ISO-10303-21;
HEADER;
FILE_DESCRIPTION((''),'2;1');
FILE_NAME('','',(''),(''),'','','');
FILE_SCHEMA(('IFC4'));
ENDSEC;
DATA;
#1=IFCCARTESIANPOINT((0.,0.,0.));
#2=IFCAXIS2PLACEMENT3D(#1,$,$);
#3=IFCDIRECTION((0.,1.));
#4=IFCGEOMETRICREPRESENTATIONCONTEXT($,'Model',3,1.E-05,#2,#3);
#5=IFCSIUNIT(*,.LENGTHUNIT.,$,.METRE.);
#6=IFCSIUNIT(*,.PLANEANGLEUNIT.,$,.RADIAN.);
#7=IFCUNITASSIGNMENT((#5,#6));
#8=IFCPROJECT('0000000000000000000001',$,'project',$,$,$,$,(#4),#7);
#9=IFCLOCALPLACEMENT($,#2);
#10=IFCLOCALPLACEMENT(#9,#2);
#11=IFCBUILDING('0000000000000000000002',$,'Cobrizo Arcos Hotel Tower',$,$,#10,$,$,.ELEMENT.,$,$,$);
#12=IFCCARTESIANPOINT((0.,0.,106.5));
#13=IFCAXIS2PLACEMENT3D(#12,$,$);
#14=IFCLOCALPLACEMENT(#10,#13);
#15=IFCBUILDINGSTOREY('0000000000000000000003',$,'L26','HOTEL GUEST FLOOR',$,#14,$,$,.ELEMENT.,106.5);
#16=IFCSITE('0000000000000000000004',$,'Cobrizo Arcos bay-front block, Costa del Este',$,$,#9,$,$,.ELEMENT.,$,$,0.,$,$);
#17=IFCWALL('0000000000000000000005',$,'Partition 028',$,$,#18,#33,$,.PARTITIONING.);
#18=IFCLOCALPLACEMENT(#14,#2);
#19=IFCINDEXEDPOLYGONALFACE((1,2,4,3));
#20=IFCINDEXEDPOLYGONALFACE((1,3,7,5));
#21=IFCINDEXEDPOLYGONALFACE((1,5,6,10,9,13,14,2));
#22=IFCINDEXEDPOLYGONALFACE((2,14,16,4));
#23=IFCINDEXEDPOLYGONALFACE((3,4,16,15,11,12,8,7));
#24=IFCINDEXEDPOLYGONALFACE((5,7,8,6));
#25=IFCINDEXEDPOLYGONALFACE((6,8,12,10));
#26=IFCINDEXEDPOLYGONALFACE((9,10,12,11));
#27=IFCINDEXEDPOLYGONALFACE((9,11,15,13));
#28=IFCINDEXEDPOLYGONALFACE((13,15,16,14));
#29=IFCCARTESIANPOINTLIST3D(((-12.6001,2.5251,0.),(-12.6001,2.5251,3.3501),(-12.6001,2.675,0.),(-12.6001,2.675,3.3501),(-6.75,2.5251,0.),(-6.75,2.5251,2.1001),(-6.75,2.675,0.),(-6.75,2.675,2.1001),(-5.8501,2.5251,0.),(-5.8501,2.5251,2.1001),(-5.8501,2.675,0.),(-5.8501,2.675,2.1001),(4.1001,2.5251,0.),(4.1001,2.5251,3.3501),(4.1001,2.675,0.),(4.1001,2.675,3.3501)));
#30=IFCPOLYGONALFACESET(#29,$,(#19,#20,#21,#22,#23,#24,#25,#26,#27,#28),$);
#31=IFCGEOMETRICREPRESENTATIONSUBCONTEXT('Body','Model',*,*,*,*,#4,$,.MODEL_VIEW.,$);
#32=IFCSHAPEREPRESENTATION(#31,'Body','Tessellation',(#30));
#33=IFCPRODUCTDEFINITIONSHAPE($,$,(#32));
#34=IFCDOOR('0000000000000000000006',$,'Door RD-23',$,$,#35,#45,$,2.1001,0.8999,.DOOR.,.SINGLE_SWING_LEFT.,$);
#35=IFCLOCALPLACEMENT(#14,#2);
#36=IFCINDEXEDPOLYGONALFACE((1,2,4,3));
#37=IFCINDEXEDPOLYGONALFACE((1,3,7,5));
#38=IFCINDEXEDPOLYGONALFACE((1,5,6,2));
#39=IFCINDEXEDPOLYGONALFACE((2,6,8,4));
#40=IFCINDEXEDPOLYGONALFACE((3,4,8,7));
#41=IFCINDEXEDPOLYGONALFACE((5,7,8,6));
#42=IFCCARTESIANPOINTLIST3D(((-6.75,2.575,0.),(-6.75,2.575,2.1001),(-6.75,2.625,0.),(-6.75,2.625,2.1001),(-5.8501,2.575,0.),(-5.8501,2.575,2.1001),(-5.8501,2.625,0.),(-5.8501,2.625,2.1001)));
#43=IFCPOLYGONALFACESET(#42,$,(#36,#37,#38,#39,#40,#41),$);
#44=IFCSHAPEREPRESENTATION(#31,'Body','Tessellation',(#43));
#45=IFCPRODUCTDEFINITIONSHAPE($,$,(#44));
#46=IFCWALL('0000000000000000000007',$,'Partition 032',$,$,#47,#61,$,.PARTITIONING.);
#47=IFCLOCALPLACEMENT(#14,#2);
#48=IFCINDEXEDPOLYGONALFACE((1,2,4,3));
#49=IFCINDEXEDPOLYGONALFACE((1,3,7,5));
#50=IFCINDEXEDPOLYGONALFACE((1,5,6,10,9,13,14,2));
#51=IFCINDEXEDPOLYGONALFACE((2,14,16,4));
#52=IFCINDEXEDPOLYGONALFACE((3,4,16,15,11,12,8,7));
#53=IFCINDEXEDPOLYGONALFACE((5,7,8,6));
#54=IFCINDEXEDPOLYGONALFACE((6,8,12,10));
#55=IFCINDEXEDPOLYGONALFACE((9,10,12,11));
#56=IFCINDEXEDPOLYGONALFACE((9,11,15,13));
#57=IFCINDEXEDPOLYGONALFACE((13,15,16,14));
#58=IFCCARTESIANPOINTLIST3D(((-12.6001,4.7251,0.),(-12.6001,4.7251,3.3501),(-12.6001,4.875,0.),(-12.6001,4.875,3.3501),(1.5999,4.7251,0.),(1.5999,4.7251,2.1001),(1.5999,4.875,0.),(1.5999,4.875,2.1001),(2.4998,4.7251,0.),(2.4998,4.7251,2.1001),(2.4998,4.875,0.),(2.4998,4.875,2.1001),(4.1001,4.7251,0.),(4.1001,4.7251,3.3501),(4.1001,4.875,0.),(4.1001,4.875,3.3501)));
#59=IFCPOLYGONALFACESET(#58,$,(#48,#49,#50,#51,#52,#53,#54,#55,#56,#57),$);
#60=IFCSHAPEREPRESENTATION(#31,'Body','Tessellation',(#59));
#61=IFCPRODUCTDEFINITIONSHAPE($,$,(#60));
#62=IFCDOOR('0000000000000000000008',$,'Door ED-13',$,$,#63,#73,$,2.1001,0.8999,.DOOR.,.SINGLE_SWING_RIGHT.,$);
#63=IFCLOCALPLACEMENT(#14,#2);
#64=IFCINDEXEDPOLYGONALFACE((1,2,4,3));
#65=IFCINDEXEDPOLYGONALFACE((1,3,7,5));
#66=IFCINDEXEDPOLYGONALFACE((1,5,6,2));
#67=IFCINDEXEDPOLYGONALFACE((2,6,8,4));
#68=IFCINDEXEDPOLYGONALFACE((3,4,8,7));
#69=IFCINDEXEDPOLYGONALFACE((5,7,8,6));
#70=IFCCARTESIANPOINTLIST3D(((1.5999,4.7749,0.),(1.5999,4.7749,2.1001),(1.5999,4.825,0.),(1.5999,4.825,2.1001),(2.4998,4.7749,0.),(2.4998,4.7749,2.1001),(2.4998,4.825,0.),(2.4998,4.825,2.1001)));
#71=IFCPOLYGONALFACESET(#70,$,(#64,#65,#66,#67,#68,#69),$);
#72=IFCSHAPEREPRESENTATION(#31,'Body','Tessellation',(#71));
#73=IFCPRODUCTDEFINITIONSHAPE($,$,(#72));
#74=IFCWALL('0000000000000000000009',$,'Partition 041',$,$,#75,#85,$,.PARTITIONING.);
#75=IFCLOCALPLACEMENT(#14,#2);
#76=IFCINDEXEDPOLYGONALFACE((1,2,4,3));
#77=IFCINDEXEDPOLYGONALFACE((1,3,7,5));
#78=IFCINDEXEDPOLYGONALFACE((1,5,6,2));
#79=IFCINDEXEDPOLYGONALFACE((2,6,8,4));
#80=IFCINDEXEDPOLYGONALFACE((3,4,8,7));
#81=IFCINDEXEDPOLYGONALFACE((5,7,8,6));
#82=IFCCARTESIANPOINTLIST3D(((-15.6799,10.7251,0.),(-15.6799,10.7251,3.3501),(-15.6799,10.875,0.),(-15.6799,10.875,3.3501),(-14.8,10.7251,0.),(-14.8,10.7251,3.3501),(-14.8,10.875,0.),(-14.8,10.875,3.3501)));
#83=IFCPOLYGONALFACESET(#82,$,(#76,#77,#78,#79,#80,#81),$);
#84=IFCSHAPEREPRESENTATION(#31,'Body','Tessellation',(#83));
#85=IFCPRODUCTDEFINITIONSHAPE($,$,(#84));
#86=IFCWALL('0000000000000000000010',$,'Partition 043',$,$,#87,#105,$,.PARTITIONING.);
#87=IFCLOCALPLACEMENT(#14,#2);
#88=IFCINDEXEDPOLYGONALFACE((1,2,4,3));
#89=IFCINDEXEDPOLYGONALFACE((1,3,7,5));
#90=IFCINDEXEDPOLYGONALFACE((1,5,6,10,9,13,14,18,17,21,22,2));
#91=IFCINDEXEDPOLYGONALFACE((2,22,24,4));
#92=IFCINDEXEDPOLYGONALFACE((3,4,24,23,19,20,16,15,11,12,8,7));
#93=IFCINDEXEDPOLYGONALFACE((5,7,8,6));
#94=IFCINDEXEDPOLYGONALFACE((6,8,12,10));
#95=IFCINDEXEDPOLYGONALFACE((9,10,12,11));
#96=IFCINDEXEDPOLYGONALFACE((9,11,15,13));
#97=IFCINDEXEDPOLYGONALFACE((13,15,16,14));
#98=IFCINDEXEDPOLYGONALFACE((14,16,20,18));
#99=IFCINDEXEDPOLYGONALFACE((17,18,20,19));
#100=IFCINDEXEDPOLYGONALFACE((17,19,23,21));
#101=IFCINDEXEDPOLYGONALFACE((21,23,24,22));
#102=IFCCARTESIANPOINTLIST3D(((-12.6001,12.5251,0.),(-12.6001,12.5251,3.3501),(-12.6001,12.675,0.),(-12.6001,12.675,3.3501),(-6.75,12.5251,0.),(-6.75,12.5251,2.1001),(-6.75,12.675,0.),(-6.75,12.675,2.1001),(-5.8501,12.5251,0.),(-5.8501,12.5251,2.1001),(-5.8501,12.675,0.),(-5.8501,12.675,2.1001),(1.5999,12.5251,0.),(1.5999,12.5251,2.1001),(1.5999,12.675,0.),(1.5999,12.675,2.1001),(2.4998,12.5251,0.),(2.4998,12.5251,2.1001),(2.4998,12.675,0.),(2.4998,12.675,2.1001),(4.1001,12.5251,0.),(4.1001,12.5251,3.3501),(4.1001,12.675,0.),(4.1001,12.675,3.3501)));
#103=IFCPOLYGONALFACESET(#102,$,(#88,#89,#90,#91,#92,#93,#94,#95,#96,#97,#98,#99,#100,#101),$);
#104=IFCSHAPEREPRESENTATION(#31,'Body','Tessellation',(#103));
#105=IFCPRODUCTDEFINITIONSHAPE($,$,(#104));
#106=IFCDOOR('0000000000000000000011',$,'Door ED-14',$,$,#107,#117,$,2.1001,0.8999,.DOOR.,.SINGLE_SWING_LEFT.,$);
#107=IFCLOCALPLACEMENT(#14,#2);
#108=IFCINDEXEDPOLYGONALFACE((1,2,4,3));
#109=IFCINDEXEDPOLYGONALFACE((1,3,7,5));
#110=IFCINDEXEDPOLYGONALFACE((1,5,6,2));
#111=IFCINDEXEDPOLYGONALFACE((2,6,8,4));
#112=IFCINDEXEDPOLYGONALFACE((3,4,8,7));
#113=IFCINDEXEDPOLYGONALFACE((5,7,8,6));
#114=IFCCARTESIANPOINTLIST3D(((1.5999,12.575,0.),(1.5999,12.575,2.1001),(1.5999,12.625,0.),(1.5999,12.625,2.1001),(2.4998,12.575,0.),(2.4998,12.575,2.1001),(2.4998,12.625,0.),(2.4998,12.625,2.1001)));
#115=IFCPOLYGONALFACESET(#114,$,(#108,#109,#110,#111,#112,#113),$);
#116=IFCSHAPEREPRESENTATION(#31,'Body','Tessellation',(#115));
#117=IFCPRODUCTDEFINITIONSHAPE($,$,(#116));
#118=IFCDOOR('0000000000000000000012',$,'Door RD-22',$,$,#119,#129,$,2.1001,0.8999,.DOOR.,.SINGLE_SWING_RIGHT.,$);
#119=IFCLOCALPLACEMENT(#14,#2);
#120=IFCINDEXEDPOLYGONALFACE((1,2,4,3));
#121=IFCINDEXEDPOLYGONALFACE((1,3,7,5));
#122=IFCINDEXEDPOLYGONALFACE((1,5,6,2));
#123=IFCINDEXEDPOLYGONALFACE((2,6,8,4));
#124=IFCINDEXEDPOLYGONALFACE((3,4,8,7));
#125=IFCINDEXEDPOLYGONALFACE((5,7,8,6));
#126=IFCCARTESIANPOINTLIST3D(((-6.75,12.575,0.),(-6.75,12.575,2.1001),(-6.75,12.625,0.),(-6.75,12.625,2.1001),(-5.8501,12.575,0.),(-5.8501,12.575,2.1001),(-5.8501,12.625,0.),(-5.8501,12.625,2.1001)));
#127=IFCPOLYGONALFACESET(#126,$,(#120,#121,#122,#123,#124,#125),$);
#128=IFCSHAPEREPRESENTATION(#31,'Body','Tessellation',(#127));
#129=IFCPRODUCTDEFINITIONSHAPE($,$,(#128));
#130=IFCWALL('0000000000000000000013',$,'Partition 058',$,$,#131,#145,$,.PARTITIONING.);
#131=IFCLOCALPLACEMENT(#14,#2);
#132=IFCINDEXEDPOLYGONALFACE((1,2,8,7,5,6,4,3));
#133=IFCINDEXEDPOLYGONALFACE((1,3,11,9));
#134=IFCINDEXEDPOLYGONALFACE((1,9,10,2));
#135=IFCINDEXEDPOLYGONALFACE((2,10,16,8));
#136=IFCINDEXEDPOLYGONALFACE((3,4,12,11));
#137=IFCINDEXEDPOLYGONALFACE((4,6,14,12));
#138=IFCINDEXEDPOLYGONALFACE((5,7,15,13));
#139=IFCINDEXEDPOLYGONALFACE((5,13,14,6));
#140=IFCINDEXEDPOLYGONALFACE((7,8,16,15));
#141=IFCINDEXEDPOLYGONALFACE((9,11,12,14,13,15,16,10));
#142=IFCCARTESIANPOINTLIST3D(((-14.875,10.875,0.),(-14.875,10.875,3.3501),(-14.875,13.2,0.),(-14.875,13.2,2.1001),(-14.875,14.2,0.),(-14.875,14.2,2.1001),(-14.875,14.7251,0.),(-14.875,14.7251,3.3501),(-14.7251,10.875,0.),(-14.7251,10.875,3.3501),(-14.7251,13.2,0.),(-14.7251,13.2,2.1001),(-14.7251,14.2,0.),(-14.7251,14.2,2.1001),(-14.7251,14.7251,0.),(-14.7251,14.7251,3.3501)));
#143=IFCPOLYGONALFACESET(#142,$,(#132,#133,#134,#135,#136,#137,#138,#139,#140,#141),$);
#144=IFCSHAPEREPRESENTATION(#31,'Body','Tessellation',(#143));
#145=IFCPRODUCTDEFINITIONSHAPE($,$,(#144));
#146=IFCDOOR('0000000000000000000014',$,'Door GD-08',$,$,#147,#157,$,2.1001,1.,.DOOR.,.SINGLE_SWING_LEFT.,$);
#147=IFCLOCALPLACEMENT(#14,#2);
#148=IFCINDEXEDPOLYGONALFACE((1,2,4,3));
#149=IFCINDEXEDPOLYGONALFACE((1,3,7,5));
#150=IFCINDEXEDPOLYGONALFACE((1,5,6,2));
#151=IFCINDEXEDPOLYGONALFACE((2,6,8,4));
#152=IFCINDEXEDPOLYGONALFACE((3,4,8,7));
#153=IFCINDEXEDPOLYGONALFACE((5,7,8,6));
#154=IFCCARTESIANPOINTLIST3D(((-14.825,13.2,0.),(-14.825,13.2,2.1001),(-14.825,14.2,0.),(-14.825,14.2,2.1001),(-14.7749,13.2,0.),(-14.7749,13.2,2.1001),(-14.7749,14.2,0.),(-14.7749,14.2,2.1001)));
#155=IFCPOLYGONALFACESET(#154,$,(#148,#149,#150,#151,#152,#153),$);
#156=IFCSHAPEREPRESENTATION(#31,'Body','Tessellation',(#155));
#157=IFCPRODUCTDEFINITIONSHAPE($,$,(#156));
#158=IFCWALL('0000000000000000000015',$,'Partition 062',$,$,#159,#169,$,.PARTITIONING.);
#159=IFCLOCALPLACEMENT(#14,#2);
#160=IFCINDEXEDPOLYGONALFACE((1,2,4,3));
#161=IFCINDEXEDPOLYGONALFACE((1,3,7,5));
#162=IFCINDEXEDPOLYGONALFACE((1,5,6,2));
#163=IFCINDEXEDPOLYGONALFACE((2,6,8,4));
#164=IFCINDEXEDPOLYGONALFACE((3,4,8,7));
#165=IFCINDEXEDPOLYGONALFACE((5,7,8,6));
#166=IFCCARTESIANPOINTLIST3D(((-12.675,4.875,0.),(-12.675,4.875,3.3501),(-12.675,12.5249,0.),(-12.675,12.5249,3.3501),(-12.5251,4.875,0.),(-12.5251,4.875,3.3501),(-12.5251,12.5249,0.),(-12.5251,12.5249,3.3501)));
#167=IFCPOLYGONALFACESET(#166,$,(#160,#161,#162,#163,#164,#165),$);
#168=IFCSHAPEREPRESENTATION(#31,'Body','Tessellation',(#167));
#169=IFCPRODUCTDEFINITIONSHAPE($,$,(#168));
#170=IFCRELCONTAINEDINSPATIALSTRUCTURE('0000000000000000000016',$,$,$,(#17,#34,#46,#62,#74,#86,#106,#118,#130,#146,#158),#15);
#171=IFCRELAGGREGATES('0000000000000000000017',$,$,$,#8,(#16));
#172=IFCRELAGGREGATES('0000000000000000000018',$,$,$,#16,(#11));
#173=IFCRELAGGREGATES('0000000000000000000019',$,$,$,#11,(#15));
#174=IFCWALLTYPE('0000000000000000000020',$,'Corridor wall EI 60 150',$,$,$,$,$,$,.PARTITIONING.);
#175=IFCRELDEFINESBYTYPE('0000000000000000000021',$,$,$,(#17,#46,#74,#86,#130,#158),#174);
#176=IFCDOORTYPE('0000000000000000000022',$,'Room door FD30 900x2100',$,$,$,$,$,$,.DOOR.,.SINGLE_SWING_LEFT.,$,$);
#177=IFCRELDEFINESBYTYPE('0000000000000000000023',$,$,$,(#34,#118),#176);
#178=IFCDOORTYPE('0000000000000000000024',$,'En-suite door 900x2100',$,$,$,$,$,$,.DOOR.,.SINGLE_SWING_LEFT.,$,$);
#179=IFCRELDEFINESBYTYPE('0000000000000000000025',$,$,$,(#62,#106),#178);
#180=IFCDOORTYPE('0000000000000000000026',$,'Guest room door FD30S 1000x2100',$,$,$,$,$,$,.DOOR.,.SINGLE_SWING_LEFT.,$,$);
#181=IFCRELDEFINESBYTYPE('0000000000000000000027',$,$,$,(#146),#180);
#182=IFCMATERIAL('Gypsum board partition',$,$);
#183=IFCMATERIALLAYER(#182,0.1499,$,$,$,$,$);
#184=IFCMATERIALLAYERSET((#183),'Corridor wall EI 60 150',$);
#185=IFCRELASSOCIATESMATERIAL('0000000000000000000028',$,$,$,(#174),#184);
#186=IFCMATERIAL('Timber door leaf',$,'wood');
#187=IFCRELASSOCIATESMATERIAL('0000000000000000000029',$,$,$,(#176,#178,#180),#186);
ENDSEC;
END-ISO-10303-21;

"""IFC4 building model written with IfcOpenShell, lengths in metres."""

from ifc_helpers import new_model, si_unit, direction, frame, frame_2d, origin, place, context, subcontext, project, spatial, rectangle, extrude, material, layer, layer_set, type_object, element, fill, save


model = new_model("IFC4")

# Units and contexts
model_context = context("Model", 3, precision=1e-05, world=origin(), true_north=direction((0.0, 1.0)))
body_context = subcontext(model_context, "Body", "Model", "MODEL_VIEW")
ifc_project = project(units=[si_unit("LENGTHUNIT", "METRE"), si_unit("PLANEANGLEUNIT", "RADIAN")], contexts=[model_context])

# Site, building, storey
site_placement = place(None, origin())
site = spatial("IfcSite", under=ifc_project, at=site_placement, Name="Cobrizo Arcos bay-front block, Costa del Este", CompositionType="ELEMENT", RefElevation=0.0)
building_placement = place(site_placement, origin())
building = spatial("IfcBuilding", under=site, at=building_placement, Name="Cobrizo Arcos Hotel Tower", CompositionType="ELEMENT")
storey_placement = place(building_placement, frame((0.0, 0.0, 106.5)))
storey = spatial("IfcBuildingStorey", under=building, at=storey_placement, Name="L26", Description="HOTEL GUEST FLOOR", CompositionType="ELEMENT", Elevation=106.5)

# Walls, openings, doors
ifc_material_1 = material(Name="Gypsum board partition")
ifc_layer_1 = layer(ifc_material_1, 0.1499)
ifc_layer_set_1 = layer_set([ifc_layer_1], Name="Corridor wall EI 60 150")
wall_type_1 = type_object("IfcWallType", Name="Corridor wall EI 60 150", PredefinedType="PARTITIONING", material=ifc_layer_set_1)
wall_1_placement = place(storey_placement, frame((-12.6001, 2.6001, 0.0), z_axis=(0.0, 0.0, 1.0), x_axis=(1.0, 0.0, 0.0)))
wall_1 = element("IfcWall", 1, at=wall_1_placement, inside=storey, type_object=wall_type_1, Name="Partition 028", PredefinedType="PARTITIONING", context=body_context, shape_type="SweptSolid", body=[
    extrude(rectangle(XDim=16.7002, YDim=0.1499, at=frame_2d((8.3501, 0.0))), origin(), (0.0, 0.0, 1.0), 3.3501),
])
opening_1_placement = place(wall_1_placement, frame((5.8501, 0.0, 0.0)))
opening_1 = element("IfcOpeningElement", 2, at=opening_1_placement, cuts=wall_1, PredefinedType="OPENING", context=body_context, shape_type="SweptSolid", body=[
    extrude(rectangle(XDim=0.8999, YDim=2.1001, at=frame_2d((0.45, 1.05))), frame((0.0, 0.0869, 0.0), z_axis=(0.0, -1.0, 0.0), x_axis=(1.0, 0.0, 0.0)), (0.0, 0.0, 1.0), 0.1738),
])
ifc_material_2 = material(Name="Timber door leaf", Category="wood")
door_type_1 = type_object("IfcDoorType", Name="Room door FD30 900x2100", OperationType="SINGLE_SWING_LEFT", PredefinedType="DOOR", material=ifc_material_2)
door_1_placement = place(opening_1_placement, origin())
door_1 = element("IfcDoor", 3, at=door_1_placement, inside=storey, type_object=door_type_1, Name="Door RD-23", OperationType="SINGLE_SWING_LEFT", OverallHeight=2.1001, OverallWidth=0.8999, PredefinedType="DOOR", context=body_context, shape_type="SweptSolid", body=[
    extrude(rectangle(XDim=0.8999, YDim=2.1001, at=frame_2d((0.45, 1.05))), frame((0.0, 0.0249, 0.0), z_axis=(0.0, -1.0, 0.0), x_axis=(1.0, 0.0, 0.0)), (0.0, 0.0, 1.0), 0.05),
])
fill(opening_1, door_1)
wall_2_placement = place(storey_placement, frame((-12.6001, 4.8, 0.0), z_axis=(0.0, 0.0, 1.0), x_axis=(1.0, 0.0, 0.0)))
wall_2 = element("IfcWall", 4, at=wall_2_placement, inside=storey, type_object=wall_type_1, Name="Partition 032", PredefinedType="PARTITIONING", context=body_context, shape_type="SweptSolid", body=[
    extrude(rectangle(XDim=16.7002, YDim=0.1499, at=frame_2d((8.3501, 0.0))), origin(), (0.0, 0.0, 1.0), 3.3501),
])
opening_2_placement = place(wall_2_placement, frame((14.2, 0.0, 0.0)))
opening_2 = element("IfcOpeningElement", 5, at=opening_2_placement, cuts=wall_2, PredefinedType="OPENING", context=body_context, shape_type="SweptSolid", body=[
    extrude(rectangle(XDim=0.8999, YDim=2.1001, at=frame_2d((0.45, 1.05))), frame((0.0, 0.0869, 0.0), z_axis=(0.0, -1.0, 0.0), x_axis=(1.0, 0.0, 0.0)), (0.0, 0.0, 1.0), 0.1738),
])
door_type_2 = type_object("IfcDoorType", Name="En-suite door 900x2100", OperationType="SINGLE_SWING_LEFT", PredefinedType="DOOR", material=ifc_material_2)
door_2_placement = place(opening_2_placement, origin())
door_2 = element("IfcDoor", 6, at=door_2_placement, inside=storey, type_object=door_type_2, Name="Door ED-13", OperationType="SINGLE_SWING_RIGHT", OverallHeight=2.1001, OverallWidth=0.8999, PredefinedType="DOOR", context=body_context, shape_type="SweptSolid", body=[
    extrude(rectangle(XDim=0.8999, YDim=2.1001, at=frame_2d((0.45, 1.05))), frame((0.0, 0.0249, 0.0), z_axis=(0.0, -1.0, 0.0), x_axis=(1.0, 0.0, 0.0)), (0.0, 0.0, 1.0), 0.05),
])
fill(opening_2, door_2)

# Wall
wall_3_placement = place(storey_placement, frame((-15.6799, 10.8, 0.0), z_axis=(0.0, 0.0, 1.0), x_axis=(1.0, 0.0, 0.0)))
element("IfcWall", 7, at=wall_3_placement, inside=storey, type_object=wall_type_1, Name="Partition 041", PredefinedType="PARTITIONING", context=body_context, shape_type="SweptSolid", body=[
    extrude(rectangle(XDim=0.8799, YDim=0.1499, at=frame_2d((0.4399, 0.0))), origin(), (0.0, 0.0, 1.0), 3.3501),
])

# Wall, openings, doors
wall_4_placement = place(storey_placement, frame((-12.6001, 12.6001, 0.0), z_axis=(0.0, 0.0, 1.0), x_axis=(1.0, 0.0, 0.0)))
wall_4 = element("IfcWall", 8, at=wall_4_placement, inside=storey, type_object=wall_type_1, Name="Partition 043", PredefinedType="PARTITIONING", context=body_context, shape_type="SweptSolid", body=[
    extrude(rectangle(XDim=16.7002, YDim=0.1499, at=frame_2d((8.3501, 0.0))), origin(), (0.0, 0.0, 1.0), 3.3501),
])
opening_3_placement = place(wall_4_placement, frame((14.2, 0.0, 0.0)))
opening_3 = element("IfcOpeningElement", 9, at=opening_3_placement, cuts=wall_4, PredefinedType="OPENING", context=body_context, shape_type="SweptSolid", body=[
    extrude(rectangle(XDim=0.8999, YDim=2.1001, at=frame_2d((0.45, 1.05))), frame((0.0, 0.0869, 0.0), z_axis=(0.0, -1.0, 0.0), x_axis=(1.0, 0.0, 0.0)), (0.0, 0.0, 1.0), 0.1738),
])
opening_4_placement = place(wall_4_placement, frame((5.8501, 0.0, 0.0)))
opening_4 = element("IfcOpeningElement", 10, at=opening_4_placement, cuts=wall_4, PredefinedType="OPENING", context=body_context, shape_type="SweptSolid", body=[
    extrude(rectangle(XDim=0.8999, YDim=2.1001, at=frame_2d((0.45, 1.05))), frame((0.0, 0.0869, 0.0), z_axis=(0.0, -1.0, 0.0), x_axis=(1.0, 0.0, 0.0)), (0.0, 0.0, 1.0), 0.1738),
])
door_3_placement = place(opening_3_placement, origin())
door_3 = element("IfcDoor", 11, at=door_3_placement, inside=storey, type_object=door_type_2, Name="Door ED-14", OperationType="SINGLE_SWING_LEFT", OverallHeight=2.1001, OverallWidth=0.8999, PredefinedType="DOOR", context=body_context, shape_type="SweptSolid", body=[
    extrude(rectangle(XDim=0.8999, YDim=2.1001, at=frame_2d((0.45, 1.05))), frame((0.0, 0.0249, 0.0), z_axis=(0.0, -1.0, 0.0), x_axis=(1.0, 0.0, 0.0)), (0.0, 0.0, 1.0), 0.05),
])
fill(opening_3, door_3)
door_4_placement = place(opening_4_placement, origin())
door_4 = element("IfcDoor", 12, at=door_4_placement, inside=storey, type_object=door_type_1, Name="Door RD-22", OperationType="SINGLE_SWING_RIGHT", OverallHeight=2.1001, OverallWidth=0.8999, PredefinedType="DOOR", context=body_context, shape_type="SweptSolid", body=[
    extrude(rectangle(XDim=0.8999, YDim=2.1001, at=frame_2d((0.45, 1.05))), frame((0.0, 0.0249, 0.0), z_axis=(0.0, -1.0, 0.0), x_axis=(1.0, 0.0, 0.0)), (0.0, 0.0, 1.0), 0.05),
])
fill(opening_4, door_4)

# Wall, opening, door
wall_5_placement = place(storey_placement, frame((-14.8, 10.875, 0.0), z_axis=(0.0, 0.0, 1.0), x_axis=(0.0, 1.0, 0.0)))
wall_5 = element("IfcWall", 13, at=wall_5_placement, inside=storey, type_object=wall_type_1, Name="Partition 058", PredefinedType="PARTITIONING", context=body_context, shape_type="SweptSolid", body=[
    extrude(rectangle(XDim=3.8501, YDim=0.1499, at=frame_2d((1.925, 0.0))), origin(), (0.0, 0.0, 1.0), 3.3501),
])
opening_5_placement = place(wall_5_placement, frame((2.325, 0.0, 0.0)))
opening_5 = element("IfcOpeningElement", 14, at=opening_5_placement, cuts=wall_5, PredefinedType="OPENING", context=body_context, shape_type="SweptSolid", body=[
    extrude(rectangle(XDim=1.0, YDim=2.1001, at=frame_2d((0.5, 1.05))), frame((0.0, 0.0869, 0.0), z_axis=(0.0, -1.0, 0.0), x_axis=(1.0, 0.0, 0.0)), (0.0, 0.0, 1.0), 0.1738),
])
door_type_3 = type_object("IfcDoorType", Name="Guest room door FD30S 1000x2100", OperationType="SINGLE_SWING_LEFT", PredefinedType="DOOR", material=ifc_material_2)
door_5_placement = place(opening_5_placement, origin())
door_5 = element("IfcDoor", 15, at=door_5_placement, inside=storey, type_object=door_type_3, Name="Door GD-08", OperationType="SINGLE_SWING_LEFT", OverallHeight=2.1001, OverallWidth=1.0, PredefinedType="DOOR", context=body_context, shape_type="SweptSolid", body=[
    extrude(rectangle(XDim=1.0, YDim=2.1001, at=frame_2d((0.5, 1.05))), frame((0.0, 0.0249, 0.0), z_axis=(0.0, -1.0, 0.0), x_axis=(1.0, 0.0, 0.0)), (0.0, 0.0, 1.0), 0.05),
])
fill(opening_5, door_5)

# Wall
wall_6_placement = place(storey_placement, frame((-12.6001, 4.875, 0.0), z_axis=(0.0, 0.0, 1.0), x_axis=(0.0, 1.0, 0.0)))
element("IfcWall", 16, at=wall_6_placement, inside=storey, type_object=wall_type_1, Name="Partition 062", PredefinedType="PARTITIONING", context=body_context, shape_type="SweptSolid", body=[
    extrude(rectangle(XDim=7.6499, YDim=0.1499, at=frame_2d((3.825, 0.0))), origin(), (0.0, 0.0, 1.0), 3.3501),
])

save(model, "model.ifc")
